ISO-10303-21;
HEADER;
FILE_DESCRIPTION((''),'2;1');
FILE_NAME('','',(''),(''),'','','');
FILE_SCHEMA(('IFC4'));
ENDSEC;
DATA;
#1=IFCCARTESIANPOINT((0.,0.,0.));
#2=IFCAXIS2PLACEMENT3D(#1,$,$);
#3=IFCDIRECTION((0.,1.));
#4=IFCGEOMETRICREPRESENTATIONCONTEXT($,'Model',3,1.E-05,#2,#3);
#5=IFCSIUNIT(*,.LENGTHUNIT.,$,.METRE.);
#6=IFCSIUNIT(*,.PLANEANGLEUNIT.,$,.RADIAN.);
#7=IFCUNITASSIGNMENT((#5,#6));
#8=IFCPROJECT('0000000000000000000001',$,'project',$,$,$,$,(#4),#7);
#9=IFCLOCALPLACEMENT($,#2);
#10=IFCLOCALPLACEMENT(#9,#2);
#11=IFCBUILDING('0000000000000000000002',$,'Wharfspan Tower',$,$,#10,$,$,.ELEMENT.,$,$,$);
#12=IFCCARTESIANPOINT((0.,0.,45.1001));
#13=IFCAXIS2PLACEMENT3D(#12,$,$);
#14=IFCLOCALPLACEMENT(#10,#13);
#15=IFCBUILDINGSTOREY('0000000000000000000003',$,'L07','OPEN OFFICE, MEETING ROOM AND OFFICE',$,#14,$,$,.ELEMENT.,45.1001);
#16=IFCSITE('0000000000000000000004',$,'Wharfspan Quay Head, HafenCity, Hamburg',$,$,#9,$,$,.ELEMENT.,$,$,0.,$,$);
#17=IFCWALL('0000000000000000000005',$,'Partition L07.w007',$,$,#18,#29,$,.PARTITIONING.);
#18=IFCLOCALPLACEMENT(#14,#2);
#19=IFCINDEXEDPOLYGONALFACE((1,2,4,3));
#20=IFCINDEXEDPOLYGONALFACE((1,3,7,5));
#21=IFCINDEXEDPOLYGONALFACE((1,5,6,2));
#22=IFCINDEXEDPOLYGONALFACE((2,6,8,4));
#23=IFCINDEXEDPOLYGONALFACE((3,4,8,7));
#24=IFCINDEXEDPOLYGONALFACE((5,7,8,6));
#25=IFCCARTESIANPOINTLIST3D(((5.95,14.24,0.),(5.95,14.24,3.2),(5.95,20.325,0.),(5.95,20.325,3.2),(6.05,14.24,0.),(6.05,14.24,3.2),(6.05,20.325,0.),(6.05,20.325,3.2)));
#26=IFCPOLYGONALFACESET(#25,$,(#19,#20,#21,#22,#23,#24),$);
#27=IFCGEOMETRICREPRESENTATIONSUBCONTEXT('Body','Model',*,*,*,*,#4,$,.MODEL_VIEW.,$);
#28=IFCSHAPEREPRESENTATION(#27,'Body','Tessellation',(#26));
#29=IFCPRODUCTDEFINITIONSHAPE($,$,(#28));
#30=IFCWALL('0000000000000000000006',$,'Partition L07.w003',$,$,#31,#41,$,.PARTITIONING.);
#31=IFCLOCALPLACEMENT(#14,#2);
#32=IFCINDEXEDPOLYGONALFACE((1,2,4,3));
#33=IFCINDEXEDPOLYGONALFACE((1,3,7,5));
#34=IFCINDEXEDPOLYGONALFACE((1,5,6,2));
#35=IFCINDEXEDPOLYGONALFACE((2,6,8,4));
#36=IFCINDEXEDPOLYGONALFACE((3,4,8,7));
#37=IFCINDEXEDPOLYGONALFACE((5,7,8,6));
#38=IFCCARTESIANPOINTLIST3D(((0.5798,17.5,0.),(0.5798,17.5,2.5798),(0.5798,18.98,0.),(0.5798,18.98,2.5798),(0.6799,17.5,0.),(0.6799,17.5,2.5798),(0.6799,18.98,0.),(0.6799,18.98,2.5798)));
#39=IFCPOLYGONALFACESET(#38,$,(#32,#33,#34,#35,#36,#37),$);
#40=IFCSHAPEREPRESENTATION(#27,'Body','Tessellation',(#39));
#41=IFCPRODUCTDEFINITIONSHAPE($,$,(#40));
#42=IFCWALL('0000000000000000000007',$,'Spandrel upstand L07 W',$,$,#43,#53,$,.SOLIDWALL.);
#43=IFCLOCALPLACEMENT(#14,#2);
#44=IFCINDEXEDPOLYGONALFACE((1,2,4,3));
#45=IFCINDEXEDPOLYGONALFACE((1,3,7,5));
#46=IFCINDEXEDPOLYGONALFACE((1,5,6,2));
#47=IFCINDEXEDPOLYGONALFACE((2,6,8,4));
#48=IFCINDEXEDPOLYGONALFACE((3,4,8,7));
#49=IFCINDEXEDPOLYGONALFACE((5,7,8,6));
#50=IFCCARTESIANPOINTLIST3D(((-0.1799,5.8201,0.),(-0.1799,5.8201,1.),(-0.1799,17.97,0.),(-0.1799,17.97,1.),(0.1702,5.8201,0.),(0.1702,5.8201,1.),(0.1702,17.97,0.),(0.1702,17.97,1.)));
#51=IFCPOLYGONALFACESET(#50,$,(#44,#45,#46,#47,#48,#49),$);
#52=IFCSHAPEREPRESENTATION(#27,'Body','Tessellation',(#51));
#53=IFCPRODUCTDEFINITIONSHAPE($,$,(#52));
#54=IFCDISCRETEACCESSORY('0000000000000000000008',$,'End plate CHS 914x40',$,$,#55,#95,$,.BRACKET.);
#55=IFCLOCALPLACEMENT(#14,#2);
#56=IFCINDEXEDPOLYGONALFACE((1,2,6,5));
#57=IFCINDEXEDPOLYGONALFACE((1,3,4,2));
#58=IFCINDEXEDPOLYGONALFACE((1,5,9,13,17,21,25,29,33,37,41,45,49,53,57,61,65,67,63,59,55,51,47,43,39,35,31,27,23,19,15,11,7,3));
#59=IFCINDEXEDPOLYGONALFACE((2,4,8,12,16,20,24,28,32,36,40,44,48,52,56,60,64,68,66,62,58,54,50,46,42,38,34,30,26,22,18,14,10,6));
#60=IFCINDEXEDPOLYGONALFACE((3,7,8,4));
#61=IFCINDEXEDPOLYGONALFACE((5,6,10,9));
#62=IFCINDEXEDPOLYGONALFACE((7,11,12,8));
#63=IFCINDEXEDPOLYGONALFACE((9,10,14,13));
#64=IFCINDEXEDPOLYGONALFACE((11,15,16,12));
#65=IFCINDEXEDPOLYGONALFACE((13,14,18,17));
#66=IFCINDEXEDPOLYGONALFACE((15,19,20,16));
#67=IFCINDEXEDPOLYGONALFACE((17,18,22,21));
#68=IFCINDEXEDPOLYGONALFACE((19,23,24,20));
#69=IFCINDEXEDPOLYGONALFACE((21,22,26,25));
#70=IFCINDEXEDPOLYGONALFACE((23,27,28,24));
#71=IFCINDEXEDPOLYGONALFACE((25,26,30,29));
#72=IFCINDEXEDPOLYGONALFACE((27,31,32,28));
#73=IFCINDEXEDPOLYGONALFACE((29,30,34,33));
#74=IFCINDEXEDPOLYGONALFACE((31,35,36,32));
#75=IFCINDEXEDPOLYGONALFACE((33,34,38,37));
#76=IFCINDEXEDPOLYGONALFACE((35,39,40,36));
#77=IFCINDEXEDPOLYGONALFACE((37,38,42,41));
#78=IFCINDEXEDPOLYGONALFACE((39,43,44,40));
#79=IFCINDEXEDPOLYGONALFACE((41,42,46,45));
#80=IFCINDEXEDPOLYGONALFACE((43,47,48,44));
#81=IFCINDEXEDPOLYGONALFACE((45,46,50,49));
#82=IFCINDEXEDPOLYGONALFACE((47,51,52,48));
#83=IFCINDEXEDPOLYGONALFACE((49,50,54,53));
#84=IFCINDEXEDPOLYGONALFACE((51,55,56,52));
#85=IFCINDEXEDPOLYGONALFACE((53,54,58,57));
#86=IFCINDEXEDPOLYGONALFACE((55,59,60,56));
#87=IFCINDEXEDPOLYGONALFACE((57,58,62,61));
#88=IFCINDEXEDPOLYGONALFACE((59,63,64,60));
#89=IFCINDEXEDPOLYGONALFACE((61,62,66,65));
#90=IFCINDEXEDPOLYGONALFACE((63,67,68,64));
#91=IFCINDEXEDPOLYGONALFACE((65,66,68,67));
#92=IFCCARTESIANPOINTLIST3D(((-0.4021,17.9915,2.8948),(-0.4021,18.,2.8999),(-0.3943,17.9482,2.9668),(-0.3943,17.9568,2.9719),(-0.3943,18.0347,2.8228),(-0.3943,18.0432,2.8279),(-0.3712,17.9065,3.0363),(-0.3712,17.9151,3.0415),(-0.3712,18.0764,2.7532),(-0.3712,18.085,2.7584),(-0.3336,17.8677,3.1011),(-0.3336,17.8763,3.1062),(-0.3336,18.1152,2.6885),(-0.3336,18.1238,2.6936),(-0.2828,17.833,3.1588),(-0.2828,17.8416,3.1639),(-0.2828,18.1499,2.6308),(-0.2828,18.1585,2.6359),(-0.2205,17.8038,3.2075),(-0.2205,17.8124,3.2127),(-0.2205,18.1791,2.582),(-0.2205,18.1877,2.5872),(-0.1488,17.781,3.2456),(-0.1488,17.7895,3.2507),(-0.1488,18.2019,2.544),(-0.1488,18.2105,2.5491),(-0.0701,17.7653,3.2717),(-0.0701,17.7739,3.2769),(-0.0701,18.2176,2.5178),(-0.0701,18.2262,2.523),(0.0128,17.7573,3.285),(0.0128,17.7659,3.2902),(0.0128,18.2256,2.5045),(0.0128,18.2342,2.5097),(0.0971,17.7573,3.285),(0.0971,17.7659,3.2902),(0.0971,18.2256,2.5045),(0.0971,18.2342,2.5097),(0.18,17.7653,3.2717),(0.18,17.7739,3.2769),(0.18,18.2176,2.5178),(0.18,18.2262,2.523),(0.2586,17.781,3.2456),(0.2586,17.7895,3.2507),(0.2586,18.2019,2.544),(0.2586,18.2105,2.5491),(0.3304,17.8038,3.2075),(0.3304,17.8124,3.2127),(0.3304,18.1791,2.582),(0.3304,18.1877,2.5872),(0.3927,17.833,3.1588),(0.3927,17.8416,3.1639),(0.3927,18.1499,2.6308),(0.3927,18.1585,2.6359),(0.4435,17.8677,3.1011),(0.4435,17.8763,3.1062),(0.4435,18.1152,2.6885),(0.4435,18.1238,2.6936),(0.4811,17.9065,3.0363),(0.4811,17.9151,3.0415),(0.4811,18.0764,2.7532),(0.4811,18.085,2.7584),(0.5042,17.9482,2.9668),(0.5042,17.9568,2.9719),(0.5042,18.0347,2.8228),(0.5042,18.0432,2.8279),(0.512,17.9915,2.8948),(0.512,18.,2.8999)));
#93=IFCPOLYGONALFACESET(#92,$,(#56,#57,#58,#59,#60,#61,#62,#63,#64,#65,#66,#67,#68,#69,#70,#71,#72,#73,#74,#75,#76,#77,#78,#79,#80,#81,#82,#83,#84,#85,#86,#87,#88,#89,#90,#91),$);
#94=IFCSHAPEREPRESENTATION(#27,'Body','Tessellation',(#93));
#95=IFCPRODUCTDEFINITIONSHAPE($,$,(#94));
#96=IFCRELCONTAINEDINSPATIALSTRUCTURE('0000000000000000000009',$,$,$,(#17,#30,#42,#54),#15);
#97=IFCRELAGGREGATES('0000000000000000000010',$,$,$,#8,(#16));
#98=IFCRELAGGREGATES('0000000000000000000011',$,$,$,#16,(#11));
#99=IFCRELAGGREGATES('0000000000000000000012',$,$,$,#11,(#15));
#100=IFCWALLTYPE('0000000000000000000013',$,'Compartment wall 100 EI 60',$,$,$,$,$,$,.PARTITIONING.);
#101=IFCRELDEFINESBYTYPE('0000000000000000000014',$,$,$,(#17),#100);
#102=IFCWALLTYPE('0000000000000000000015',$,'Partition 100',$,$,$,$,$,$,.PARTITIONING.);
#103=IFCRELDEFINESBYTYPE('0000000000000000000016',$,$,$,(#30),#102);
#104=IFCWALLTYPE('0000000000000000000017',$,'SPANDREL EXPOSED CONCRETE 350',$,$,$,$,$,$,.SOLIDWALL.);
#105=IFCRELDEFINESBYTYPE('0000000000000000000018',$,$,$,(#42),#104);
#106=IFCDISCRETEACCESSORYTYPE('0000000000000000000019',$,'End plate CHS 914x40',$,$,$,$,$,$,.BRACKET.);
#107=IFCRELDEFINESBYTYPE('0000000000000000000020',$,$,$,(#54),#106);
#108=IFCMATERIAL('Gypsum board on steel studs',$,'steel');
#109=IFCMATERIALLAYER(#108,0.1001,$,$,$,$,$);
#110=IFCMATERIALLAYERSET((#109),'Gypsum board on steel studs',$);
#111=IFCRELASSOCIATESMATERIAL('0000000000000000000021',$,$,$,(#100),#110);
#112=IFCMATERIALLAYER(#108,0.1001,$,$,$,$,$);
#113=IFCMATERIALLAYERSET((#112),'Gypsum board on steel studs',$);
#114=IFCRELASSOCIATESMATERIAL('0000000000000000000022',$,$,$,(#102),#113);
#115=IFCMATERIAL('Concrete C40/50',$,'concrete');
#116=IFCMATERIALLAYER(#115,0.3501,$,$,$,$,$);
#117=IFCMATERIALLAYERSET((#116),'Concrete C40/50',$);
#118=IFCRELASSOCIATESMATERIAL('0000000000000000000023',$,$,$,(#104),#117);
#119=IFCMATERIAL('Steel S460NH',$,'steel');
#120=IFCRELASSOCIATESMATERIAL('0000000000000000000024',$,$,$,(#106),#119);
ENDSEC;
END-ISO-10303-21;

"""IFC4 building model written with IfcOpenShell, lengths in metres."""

from ifc_helpers import new_model, si_unit, direction, frame, frame_2d, origin, origin_2d, place, context, subcontext, project, spatial, rectangle, circle, extrude, material, layer, layer_set, material_profile, profile_set, type_object, element, save


model = new_model("IFC4")

# Units and contexts
model_context = context("Model", 3, precision=1e-05, world=origin(), true_north=direction((0.0, 1.0)))
body_context = subcontext(model_context, "Body", "Model", "MODEL_VIEW")
ifc_project = project(units=[si_unit("LENGTHUNIT", "METRE"), si_unit("PLANEANGLEUNIT", "RADIAN")], contexts=[model_context])

# Site, building, storey
site_placement = place(None, origin())
site = spatial("IfcSite", under=ifc_project, at=site_placement, Name="Wharfspan Quay Head, HafenCity, Hamburg", CompositionType="ELEMENT", RefElevation=0.0)
building_placement = place(site_placement, origin())
building = spatial("IfcBuilding", under=site, at=building_placement, Name="Wharfspan Tower", CompositionType="ELEMENT")
storey_placement = place(building_placement, frame((0.0, 0.0, 45.1001)))
storey = spatial("IfcBuildingStorey", under=building, at=storey_placement, Name="L07", Description="OPEN OFFICE, MEETING ROOM AND OFFICE", CompositionType="ELEMENT", Elevation=45.1001)

# Shared definitions
ifc_material_1 = material(Name="Gypsum board on steel studs", Category="steel")
ifc_layer_1 = layer(ifc_material_1, 0.1001)
ifc_layer_set_1 = layer_set([ifc_layer_1], Name="Gypsum board on steel studs")
wall_type_1 = type_object("IfcWallType", Name="Compartment wall 100 EI 60", PredefinedType="PARTITIONING", material=ifc_layer_set_1)

# Walls
wall_1_placement = place(storey_placement, frame((6.0, 14.24, 0.0), z_axis=(0.0, 0.0, 1.0), x_axis=(0.0, 1.0, 0.0)))
element("IfcWall", 1, at=wall_1_placement, inside=storey, type_object=wall_type_1, Name="Partition L07.w007", PredefinedType="PARTITIONING", context=body_context, shape_type="SweptSolid", body=[
    extrude(rectangle(XDim=6.085, YDim=0.1001, at=frame_2d((3.0425, 0.0))), origin(), (0.0, 0.0, 1.0), 3.2),
])
ifc_layer_2 = layer(ifc_material_1, 0.1001)
ifc_layer_set_2 = layer_set([ifc_layer_2], Name="Gypsum board on steel studs")
wall_type_2 = type_object("IfcWallType", Name="Partition 100", PredefinedType="PARTITIONING", material=ifc_layer_set_2)
wall_2_placement = place(storey_placement, frame((0.6299, 17.5, 0.0), z_axis=(0.0, 0.0, 1.0), x_axis=(0.0, 1.0, 0.0)))
element("IfcWall", 2, at=wall_2_placement, inside=storey, type_object=wall_type_2, Name="Partition L07.w003", PredefinedType="PARTITIONING", context=body_context, shape_type="SweptSolid", body=[
    extrude(rectangle(XDim=1.48, YDim=0.1001, at=frame_2d((0.74, 0.0))), origin(), (0.0, 0.0, 1.0), 2.5798),
])
ifc_material_2 = material(Name="Concrete C40/50", Category="concrete")
ifc_layer_3 = layer(ifc_material_2, 0.3501)
ifc_layer_set_3 = layer_set([ifc_layer_3], Name="Concrete C40/50")
wall_type_3 = type_object("IfcWallType", Name="SPANDREL EXPOSED CONCRETE 350", PredefinedType="SOLIDWALL", material=ifc_layer_set_3)
wall_3_placement = place(storey_placement, frame((-0.0049, 17.97, 0.0), z_axis=(0.0, 0.0, 1.0), x_axis=(0.0, -1.0, 0.0)))
element("IfcWall", 3, at=wall_3_placement, inside=storey, type_object=wall_type_3, Name="Spandrel upstand L07 W", PredefinedType="SOLIDWALL", context=body_context, shape_type="SweptSolid", body=[
    extrude(rectangle(XDim=12.1499, YDim=0.3501, at=frame_2d((6.075, 0.0))), origin(), (0.0, 0.0, 1.0), 1.0),
])

# Discrete accessory
ifc_material_3 = material(Name="Steel S460NH", Category="steel")
ifc_material_profile_1 = material_profile(ifc_material_3, circle(Radius=0.457, at=origin_2d()))
ifc_profile_set_1 = profile_set([ifc_material_profile_1], Name="Steel S460NH")
discrete_accessory_type = type_object("IfcDiscreteAccessoryType", Name="End plate CHS 914x40", PredefinedType="BRACKET", material=ifc_profile_set_1)
discrete_accessory_placement = place(storey_placement, frame((0.0549, 17.9915, 2.8948), z_axis=(0.0, 0.857493, 0.514496), x_axis=(-1.0, 0.0, 0.0)))
element("IfcDiscreteAccessory", 4, at=discrete_accessory_placement, inside=storey, type_object=discrete_accessory_type, Name="End plate CHS 914x40", PredefinedType="BRACKET", context=body_context, shape_type="SweptSolid", body=[
    extrude(circle(Radius=0.457, at=origin_2d()), origin(), (0.0, 0.0, 1.0), 0.01),
])

save(model, "model.ifc")
